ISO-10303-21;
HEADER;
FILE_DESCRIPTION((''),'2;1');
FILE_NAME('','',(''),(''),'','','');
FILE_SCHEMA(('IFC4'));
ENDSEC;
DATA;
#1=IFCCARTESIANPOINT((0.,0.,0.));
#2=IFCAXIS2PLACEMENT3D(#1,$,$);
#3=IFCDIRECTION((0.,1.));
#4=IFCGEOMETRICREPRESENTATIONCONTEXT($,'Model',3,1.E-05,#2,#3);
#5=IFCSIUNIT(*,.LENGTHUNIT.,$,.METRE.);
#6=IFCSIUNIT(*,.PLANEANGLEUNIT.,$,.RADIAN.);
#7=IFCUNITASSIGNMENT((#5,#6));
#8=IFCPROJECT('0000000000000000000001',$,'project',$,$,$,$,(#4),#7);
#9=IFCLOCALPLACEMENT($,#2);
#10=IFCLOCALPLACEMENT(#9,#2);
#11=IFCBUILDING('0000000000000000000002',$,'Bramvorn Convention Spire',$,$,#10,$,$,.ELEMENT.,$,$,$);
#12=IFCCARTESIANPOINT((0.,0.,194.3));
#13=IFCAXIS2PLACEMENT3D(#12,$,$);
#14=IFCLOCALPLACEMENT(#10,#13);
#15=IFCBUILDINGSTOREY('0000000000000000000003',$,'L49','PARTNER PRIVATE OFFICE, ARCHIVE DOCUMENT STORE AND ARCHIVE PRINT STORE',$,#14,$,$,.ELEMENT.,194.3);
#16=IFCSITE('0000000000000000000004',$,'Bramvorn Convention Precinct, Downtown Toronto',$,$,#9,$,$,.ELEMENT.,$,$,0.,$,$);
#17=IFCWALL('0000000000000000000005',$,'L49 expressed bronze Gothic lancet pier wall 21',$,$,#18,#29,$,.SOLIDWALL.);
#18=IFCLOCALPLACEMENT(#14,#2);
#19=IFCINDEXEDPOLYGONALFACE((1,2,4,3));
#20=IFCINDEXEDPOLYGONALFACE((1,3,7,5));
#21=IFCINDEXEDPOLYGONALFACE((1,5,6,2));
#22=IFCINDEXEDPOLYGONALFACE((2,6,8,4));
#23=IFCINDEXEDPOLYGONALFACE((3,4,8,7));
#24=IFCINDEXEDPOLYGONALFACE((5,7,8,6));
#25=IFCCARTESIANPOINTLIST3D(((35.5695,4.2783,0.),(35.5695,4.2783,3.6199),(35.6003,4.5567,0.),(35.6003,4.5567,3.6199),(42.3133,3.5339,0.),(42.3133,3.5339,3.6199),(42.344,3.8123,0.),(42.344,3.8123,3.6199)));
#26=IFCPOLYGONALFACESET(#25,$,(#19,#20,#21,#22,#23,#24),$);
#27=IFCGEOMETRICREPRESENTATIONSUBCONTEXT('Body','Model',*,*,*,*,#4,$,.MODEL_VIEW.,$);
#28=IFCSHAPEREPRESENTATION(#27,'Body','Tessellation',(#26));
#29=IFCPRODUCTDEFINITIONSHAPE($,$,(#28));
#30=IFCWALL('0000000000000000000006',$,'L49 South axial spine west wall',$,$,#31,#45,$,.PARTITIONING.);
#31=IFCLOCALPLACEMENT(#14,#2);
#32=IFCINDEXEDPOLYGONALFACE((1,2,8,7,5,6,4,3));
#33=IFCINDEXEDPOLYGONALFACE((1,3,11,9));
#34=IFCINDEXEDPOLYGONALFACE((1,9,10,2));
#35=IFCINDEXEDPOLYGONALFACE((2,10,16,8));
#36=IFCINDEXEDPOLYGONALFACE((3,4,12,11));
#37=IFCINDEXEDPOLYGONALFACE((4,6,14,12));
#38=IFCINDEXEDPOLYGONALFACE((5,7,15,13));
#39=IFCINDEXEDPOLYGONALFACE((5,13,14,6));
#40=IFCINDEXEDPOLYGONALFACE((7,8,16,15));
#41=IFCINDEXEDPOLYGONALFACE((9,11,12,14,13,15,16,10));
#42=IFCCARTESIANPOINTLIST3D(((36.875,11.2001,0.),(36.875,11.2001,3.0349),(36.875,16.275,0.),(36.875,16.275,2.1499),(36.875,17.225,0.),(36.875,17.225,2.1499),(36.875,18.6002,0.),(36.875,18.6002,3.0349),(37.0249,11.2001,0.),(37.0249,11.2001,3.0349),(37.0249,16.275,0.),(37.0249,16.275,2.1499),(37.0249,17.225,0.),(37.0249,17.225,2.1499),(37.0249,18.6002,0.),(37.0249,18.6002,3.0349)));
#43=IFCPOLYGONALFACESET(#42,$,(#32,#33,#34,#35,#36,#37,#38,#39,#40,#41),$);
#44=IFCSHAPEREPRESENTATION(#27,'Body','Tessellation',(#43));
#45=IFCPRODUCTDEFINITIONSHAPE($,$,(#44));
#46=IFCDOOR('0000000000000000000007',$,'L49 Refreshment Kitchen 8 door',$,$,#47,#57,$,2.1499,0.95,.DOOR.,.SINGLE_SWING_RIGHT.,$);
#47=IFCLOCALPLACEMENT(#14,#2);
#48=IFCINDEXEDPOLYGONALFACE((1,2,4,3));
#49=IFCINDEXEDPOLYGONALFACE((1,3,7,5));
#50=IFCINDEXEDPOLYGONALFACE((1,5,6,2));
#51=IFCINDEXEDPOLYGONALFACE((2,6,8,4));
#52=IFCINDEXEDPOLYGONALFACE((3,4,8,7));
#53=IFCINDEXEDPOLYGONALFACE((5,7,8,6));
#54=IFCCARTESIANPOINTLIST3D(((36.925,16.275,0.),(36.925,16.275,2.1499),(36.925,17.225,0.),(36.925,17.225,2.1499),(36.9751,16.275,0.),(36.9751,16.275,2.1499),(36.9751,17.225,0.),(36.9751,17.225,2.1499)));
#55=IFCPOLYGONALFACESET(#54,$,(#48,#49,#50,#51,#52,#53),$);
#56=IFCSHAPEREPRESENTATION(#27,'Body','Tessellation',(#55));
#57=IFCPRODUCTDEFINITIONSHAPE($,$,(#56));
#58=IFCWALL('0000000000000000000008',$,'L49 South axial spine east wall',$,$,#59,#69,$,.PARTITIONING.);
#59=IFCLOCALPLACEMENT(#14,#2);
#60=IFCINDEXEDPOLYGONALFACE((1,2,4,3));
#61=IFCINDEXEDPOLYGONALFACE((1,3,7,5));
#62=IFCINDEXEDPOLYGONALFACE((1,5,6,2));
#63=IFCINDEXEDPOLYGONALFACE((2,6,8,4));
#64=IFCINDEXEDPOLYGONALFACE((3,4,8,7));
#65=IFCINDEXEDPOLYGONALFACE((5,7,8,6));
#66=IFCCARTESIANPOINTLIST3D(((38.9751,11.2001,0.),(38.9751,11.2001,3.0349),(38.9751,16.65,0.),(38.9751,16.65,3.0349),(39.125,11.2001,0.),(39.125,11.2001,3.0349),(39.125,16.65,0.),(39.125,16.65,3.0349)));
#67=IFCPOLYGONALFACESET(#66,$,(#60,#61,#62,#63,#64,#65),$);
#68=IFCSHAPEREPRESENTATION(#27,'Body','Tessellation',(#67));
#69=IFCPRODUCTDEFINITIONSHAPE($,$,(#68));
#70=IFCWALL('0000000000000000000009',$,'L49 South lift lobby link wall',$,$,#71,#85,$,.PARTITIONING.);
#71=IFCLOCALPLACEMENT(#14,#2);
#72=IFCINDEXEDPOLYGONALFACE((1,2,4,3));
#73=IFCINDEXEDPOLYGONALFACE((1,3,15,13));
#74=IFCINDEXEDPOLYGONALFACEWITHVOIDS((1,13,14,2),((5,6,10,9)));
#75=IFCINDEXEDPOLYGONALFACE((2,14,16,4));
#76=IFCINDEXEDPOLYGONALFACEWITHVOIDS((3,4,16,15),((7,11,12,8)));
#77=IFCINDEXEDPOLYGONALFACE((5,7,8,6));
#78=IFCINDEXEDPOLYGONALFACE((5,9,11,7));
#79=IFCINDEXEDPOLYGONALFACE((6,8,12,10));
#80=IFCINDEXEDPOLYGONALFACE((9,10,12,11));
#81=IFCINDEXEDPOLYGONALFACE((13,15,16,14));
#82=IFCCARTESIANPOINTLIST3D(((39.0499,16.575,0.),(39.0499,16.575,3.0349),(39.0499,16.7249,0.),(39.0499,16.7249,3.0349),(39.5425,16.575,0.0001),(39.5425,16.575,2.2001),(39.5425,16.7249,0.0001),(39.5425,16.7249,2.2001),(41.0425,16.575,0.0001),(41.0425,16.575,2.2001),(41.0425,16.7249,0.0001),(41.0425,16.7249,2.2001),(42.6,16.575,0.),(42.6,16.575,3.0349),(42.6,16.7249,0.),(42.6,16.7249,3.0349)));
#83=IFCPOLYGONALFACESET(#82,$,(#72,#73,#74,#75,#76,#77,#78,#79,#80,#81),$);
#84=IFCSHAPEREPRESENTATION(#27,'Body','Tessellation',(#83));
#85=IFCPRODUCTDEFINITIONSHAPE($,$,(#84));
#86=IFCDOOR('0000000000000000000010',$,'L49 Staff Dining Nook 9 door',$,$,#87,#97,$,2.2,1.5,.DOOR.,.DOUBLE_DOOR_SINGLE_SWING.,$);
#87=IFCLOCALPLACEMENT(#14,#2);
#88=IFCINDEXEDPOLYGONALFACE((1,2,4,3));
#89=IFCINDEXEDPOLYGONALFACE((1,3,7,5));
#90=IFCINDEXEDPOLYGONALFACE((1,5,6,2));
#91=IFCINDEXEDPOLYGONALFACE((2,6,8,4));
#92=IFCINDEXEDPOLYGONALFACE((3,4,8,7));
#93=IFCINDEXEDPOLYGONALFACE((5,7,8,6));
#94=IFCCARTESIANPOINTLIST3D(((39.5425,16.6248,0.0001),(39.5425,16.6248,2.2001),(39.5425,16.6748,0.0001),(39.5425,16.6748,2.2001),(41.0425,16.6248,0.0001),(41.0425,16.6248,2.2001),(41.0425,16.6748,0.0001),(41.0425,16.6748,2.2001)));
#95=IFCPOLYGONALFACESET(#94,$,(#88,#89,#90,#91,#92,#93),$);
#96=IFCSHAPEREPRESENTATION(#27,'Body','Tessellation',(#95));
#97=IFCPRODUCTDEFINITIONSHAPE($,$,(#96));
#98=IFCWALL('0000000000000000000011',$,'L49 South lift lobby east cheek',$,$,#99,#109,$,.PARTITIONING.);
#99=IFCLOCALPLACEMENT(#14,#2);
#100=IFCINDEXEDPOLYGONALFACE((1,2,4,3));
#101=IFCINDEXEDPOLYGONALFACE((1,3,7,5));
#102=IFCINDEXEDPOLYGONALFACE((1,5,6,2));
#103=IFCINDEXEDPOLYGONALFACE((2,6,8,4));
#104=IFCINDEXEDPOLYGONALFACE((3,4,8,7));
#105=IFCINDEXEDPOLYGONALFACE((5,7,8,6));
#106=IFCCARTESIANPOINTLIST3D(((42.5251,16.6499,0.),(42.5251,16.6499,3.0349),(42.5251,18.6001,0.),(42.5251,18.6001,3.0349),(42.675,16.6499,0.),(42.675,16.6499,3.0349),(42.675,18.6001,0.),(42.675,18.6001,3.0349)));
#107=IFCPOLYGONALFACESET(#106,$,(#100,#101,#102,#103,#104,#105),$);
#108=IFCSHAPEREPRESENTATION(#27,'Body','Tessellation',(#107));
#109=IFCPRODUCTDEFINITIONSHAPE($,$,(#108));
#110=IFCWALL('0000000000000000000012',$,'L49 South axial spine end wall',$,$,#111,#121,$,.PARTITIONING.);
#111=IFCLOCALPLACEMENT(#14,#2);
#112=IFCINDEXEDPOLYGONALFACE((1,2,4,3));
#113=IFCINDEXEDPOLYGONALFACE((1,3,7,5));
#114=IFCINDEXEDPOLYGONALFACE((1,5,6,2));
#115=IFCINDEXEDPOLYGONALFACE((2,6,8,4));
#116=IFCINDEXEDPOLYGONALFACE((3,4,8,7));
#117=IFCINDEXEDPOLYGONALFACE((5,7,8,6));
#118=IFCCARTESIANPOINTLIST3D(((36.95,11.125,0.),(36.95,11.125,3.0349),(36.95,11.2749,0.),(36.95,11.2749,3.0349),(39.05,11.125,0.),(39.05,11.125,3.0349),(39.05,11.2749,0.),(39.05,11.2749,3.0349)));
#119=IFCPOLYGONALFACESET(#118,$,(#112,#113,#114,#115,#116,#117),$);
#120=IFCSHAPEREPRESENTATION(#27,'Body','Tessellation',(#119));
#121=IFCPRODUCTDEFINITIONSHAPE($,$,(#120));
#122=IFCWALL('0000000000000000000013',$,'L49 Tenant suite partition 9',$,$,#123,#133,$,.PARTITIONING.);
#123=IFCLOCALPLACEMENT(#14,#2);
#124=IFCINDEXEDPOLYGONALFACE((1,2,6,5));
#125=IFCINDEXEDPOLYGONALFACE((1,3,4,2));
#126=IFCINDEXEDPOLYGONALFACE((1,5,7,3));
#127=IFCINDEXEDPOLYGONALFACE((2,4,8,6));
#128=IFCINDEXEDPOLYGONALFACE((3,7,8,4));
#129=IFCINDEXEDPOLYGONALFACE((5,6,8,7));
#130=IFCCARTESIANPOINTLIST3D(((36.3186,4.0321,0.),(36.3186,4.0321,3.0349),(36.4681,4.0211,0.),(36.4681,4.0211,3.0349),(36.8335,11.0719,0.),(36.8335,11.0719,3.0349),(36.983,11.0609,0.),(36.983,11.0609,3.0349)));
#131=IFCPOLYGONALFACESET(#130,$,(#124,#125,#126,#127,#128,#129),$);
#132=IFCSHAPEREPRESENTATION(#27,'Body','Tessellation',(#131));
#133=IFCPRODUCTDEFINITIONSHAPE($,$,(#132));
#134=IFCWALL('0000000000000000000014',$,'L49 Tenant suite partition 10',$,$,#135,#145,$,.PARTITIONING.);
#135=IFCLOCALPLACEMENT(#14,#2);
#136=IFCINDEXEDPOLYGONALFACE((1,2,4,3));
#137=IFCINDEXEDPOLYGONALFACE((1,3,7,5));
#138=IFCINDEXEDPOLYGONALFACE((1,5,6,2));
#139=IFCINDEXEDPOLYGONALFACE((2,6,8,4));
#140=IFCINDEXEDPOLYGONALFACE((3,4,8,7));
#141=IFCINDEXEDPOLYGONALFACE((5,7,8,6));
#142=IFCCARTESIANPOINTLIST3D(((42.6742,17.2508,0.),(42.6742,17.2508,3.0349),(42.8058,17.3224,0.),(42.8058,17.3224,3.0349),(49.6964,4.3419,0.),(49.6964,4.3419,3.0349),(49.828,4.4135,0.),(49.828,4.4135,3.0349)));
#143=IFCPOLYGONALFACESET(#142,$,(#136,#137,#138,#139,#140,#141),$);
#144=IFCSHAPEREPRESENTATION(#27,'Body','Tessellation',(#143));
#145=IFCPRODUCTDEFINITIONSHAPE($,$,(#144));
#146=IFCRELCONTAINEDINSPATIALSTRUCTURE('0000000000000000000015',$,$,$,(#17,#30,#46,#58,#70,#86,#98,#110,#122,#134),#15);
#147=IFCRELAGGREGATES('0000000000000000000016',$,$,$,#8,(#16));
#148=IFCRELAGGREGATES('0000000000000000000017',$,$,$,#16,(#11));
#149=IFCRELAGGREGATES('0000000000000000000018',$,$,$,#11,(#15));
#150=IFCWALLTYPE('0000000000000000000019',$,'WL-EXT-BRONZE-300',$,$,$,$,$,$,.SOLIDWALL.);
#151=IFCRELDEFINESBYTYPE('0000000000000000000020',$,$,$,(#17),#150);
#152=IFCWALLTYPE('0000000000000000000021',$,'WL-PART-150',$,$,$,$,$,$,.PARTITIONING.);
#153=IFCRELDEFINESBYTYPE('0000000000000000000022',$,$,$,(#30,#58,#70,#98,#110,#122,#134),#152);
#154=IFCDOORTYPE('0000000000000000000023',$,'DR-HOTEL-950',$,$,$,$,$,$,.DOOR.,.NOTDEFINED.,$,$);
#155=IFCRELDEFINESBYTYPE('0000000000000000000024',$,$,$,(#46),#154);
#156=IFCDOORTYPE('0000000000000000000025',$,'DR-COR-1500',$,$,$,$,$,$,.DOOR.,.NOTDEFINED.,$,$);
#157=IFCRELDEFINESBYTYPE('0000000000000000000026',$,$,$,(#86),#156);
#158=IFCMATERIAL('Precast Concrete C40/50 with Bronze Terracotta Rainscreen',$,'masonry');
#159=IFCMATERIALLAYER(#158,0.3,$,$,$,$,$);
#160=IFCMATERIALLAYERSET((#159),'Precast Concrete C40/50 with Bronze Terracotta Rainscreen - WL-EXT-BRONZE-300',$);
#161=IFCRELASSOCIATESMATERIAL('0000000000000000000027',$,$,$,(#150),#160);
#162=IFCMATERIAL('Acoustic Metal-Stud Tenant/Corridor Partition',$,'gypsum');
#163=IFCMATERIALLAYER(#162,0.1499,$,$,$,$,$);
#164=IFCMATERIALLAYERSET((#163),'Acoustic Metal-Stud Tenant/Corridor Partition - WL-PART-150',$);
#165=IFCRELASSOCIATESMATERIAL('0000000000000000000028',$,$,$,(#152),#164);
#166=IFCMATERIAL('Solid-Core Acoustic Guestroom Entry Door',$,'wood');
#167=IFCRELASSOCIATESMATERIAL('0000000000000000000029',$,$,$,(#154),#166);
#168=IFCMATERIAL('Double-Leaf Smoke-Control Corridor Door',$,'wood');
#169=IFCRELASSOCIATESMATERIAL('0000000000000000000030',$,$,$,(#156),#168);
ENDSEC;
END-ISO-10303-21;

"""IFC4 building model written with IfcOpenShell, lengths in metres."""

from ifc_helpers import new_model, si_unit, direction, frame, frame_2d, origin, place, context, subcontext, project, spatial, rectangle, extrude, material, layer, layer_set, type_object, element, fill, save


model = new_model("IFC4")

# Units and contexts
model_context = context("Model", 3, precision=1e-05, world=origin(), true_north=direction((0.0, 1.0)))
body_context = subcontext(model_context, "Body", "Model", "MODEL_VIEW")
ifc_project = project(units=[si_unit("LENGTHUNIT", "METRE"), si_unit("PLANEANGLEUNIT", "RADIAN")], contexts=[model_context])

# Site, building, storey
site_placement = place(None, origin())
site = spatial("IfcSite", under=ifc_project, at=site_placement, Name="Bramvorn Convention Precinct, Downtown Toronto", CompositionType="ELEMENT", RefElevation=0.0)
building_placement = place(site_placement, origin())
building = spatial("IfcBuilding", under=site, at=building_placement, Name="Bramvorn Convention Spire", CompositionType="ELEMENT")
storey_placement = place(building_placement, frame((0.0, 0.0, 194.3)))
storey = spatial("IfcBuildingStorey", under=building, at=storey_placement, Name="L49", Description="PARTNER PRIVATE OFFICE, ARCHIVE DOCUMENT STORE AND ARCHIVE PRINT STORE", CompositionType="ELEMENT", Elevation=194.3)

# Wall
ifc_material_1 = material(Name="Precast Concrete C40/50 with Bronze Terracotta Rainscreen", Category="masonry")
ifc_layer_1 = layer(ifc_material_1, 0.3)
ifc_layer_set_1 = layer_set([ifc_layer_1], Name="Precast Concrete C40/50 with Bronze Terracotta Rainscreen - WL-EXT-BRONZE-300")
wall_type_1 = type_object("IfcWallType", Name="WL-EXT-BRONZE-300", PredefinedType="SOLIDWALL", material=ifc_layer_set_1)
wall_1_placement = place(storey_placement, frame((42.3286, 3.6731, 0.0), z_axis=(0.0, 0.0, 1.0), x_axis=(-0.993963, 0.109717, 0.0)))
element("IfcWall", 1, at=wall_1_placement, inside=storey, type_object=wall_type_1, Name="L49 expressed bronze Gothic lancet pier wall 21", PredefinedType="SOLIDWALL", context=body_context, shape_type="SweptSolid", body=[
    extrude(rectangle(XDim=6.7847, YDim=0.28, at=frame_2d((3.3923, 0.0))), origin(), (0.0, 0.0, 1.0), 3.6199),
])

# Wall, opening, door
ifc_material_2 = material(Name="Acoustic Metal-Stud Tenant/Corridor Partition", Category="gypsum")
ifc_layer_2 = layer(ifc_material_2, 0.1499)
ifc_layer_set_2 = layer_set([ifc_layer_2], Name="Acoustic Metal-Stud Tenant/Corridor Partition - WL-PART-150")
wall_type_2 = type_object("IfcWallType", Name="WL-PART-150", PredefinedType="PARTITIONING", material=ifc_layer_set_2)
wall_2_placement = place(storey_placement, frame((36.95, 11.2, 0.0), z_axis=(0.0, 0.0, 1.0), x_axis=(0.0, 1.0, 0.0)))
wall_2 = element("IfcWall", 2, at=wall_2_placement, inside=storey, type_object=wall_type_2, Name="L49 South axial spine west wall", PredefinedType="PARTITIONING", context=body_context, shape_type="SweptSolid", body=[
    extrude(rectangle(XDim=7.4001, YDim=0.1499, at=frame_2d((3.7002, 0.0))), origin(), (0.0, 0.0, 1.0), 3.0349),
])
opening_1_placement = place(wall_2_placement, frame((5.075, 0.0, 0.0)))
opening_1 = element("IfcOpeningElement", 3, at=opening_1_placement, cuts=wall_2, PredefinedType="OPENING", context=body_context, shape_type="SweptSolid", body=[
    extrude(rectangle(XDim=0.95, YDim=2.1499, at=frame_2d((0.4751, 1.075))), frame((0.0, 0.085, 0.0), z_axis=(0.0, -1.0, 0.0), x_axis=(1.0, 0.0, 0.0)), (0.0, 0.0, 1.0), 0.1699),
])
ifc_material_3 = material(Name="Solid-Core Acoustic Guestroom Entry Door", Category="wood")
door_type_1 = type_object("IfcDoorType", Name="DR-HOTEL-950", OperationType="NOTDEFINED", PredefinedType="DOOR", material=ifc_material_3)
door_1_placement = place(opening_1_placement, origin())
door_1 = element("IfcDoor", 4, at=door_1_placement, inside=storey, type_object=door_type_1, Name="L49 Refreshment Kitchen 8 door", OperationType="SINGLE_SWING_RIGHT", OverallHeight=2.1499, OverallWidth=0.95, PredefinedType="DOOR", context=body_context, shape_type="SweptSolid", body=[
    extrude(rectangle(XDim=0.95, YDim=2.1499, at=frame_2d((0.4751, 1.075))), frame((0.0, 0.0249, 0.0), z_axis=(0.0, -1.0, 0.0), x_axis=(1.0, 0.0, 0.0)), (0.0, 0.0, 1.0), 0.05),
])
fill(opening_1, door_1)

# Wall
wall_3_placement = place(storey_placement, frame((39.05, 11.2, 0.0), z_axis=(0.0, 0.0, 1.0), x_axis=(0.0, 1.0, 0.0)))
element("IfcWall", 5, at=wall_3_placement, inside=storey, type_object=wall_type_2, Name="L49 South axial spine east wall", PredefinedType="PARTITIONING", context=body_context, shape_type="SweptSolid", body=[
    extrude(rectangle(XDim=5.45, YDim=0.1499, at=frame_2d((2.7251, 0.0))), origin(), (0.0, 0.0, 1.0), 3.0349),
])

# Wall, opening, door
wall_4_placement = place(storey_placement, frame((39.05, 16.6499, 0.0), z_axis=(0.0, 0.0, 1.0), x_axis=(1.0, 0.0, 0.0)))
wall_4 = element("IfcWall", 6, at=wall_4_placement, inside=storey, type_object=wall_type_2, Name="L49 South lift lobby link wall", PredefinedType="PARTITIONING", context=body_context, shape_type="SweptSolid", body=[
    extrude(rectangle(XDim=3.55, YDim=0.1499, at=frame_2d((1.7749, 0.0))), origin(), (0.0, 0.0, 1.0), 3.0349),
])
opening_2_placement = place(wall_4_placement, frame((0.4924, 0.0, 0.0)))
opening_2 = element("IfcOpeningElement", 7, at=opening_2_placement, cuts=wall_4, PredefinedType="OPENING", context=body_context, shape_type="SweptSolid", body=[
    extrude(rectangle(XDim=1.5, YDim=2.2, at=frame_2d((0.75, 1.1001))), frame((0.0, 0.085, 0.0), z_axis=(0.0, -1.0, 0.0), x_axis=(1.0, 0.0, 0.0)), (0.0, 0.0, 1.0), 0.1699),
])
ifc_material_4 = material(Name="Double-Leaf Smoke-Control Corridor Door", Category="wood")
door_type_2 = type_object("IfcDoorType", Name="DR-COR-1500", OperationType="NOTDEFINED", PredefinedType="DOOR", material=ifc_material_4)
door_2_placement = place(opening_2_placement, origin())
door_2 = element("IfcDoor", 8, at=door_2_placement, inside=storey, type_object=door_type_2, Name="L49 Staff Dining Nook 9 door", OperationType="DOUBLE_DOOR_SINGLE_SWING", OverallHeight=2.2, OverallWidth=1.5, PredefinedType="DOOR", context=body_context, shape_type="SweptSolid", body=[
    extrude(rectangle(XDim=1.5, YDim=2.2, at=frame_2d((0.75, 1.1001))), frame((0.0, 0.0249, 0.0), z_axis=(0.0, -1.0, 0.0), x_axis=(1.0, 0.0, 0.0)), (0.0, 0.0, 1.0), 0.05),
])
fill(opening_2, door_2)

# Walls
wall_5_placement = place(storey_placement, frame((42.6001, 16.6499, 0.0), z_axis=(0.0, 0.0, 1.0), x_axis=(0.0, 1.0, 0.0)))
element("IfcWall", 9, at=wall_5_placement, inside=storey, type_object=wall_type_2, Name="L49 South lift lobby east cheek", PredefinedType="PARTITIONING", context=body_context, shape_type="SweptSolid", body=[
    extrude(rectangle(XDim=1.9502, YDim=0.1499, at=frame_2d((0.9751, 0.0))), origin(), (0.0, 0.0, 1.0), 3.0349),
])
wall_6_placement = place(storey_placement, frame((36.95, 11.2, 0.0), z_axis=(0.0, 0.0, 1.0), x_axis=(1.0, 0.0, 0.0)))
element("IfcWall", 10, at=wall_6_placement, inside=storey, type_object=wall_type_2, Name="L49 South axial spine end wall", PredefinedType="PARTITIONING", context=body_context, shape_type="SweptSolid", body=[
    extrude(rectangle(XDim=2.1001, YDim=0.1499, at=frame_2d((1.05, 0.0))), origin(), (0.0, 0.0, 1.0), 3.0349),
])
wall_7_placement = place(storey_placement, frame((36.9082, 11.0664, 0.0), z_axis=(0.0, 0.0, 1.0), x_axis=(-0.072945, -0.997336, 0.0)))
element("IfcWall", 11, at=wall_7_placement, inside=storey, type_object=wall_type_2, Name="L49 Tenant suite partition 9", PredefinedType="PARTITIONING", context=body_context, shape_type="SweptSolid", body=[
    extrude(rectangle(XDim=7.0586, YDim=0.1499, at=frame_2d((3.5293, 0.0))), origin(), (0.0, 0.0, 1.0), 3.0349),
])
wall_8_placement = place(storey_placement, frame((42.74, 17.2866, 0.0), z_axis=(0.0, 0.0, 1.0), x_axis=(0.477854, -0.878439, 0.0)))
element("IfcWall", 12, at=wall_8_placement, inside=storey, type_object=wall_type_2, Name="L49 Tenant suite partition 10", PredefinedType="PARTITIONING", context=body_context, shape_type="SweptSolid", body=[
    extrude(rectangle(XDim=14.6953, YDim=0.1499, at=frame_2d((7.3477, 0.0))), origin(), (0.0, 0.0, 1.0), 3.0349),
])

save(model, "model.ifc")
